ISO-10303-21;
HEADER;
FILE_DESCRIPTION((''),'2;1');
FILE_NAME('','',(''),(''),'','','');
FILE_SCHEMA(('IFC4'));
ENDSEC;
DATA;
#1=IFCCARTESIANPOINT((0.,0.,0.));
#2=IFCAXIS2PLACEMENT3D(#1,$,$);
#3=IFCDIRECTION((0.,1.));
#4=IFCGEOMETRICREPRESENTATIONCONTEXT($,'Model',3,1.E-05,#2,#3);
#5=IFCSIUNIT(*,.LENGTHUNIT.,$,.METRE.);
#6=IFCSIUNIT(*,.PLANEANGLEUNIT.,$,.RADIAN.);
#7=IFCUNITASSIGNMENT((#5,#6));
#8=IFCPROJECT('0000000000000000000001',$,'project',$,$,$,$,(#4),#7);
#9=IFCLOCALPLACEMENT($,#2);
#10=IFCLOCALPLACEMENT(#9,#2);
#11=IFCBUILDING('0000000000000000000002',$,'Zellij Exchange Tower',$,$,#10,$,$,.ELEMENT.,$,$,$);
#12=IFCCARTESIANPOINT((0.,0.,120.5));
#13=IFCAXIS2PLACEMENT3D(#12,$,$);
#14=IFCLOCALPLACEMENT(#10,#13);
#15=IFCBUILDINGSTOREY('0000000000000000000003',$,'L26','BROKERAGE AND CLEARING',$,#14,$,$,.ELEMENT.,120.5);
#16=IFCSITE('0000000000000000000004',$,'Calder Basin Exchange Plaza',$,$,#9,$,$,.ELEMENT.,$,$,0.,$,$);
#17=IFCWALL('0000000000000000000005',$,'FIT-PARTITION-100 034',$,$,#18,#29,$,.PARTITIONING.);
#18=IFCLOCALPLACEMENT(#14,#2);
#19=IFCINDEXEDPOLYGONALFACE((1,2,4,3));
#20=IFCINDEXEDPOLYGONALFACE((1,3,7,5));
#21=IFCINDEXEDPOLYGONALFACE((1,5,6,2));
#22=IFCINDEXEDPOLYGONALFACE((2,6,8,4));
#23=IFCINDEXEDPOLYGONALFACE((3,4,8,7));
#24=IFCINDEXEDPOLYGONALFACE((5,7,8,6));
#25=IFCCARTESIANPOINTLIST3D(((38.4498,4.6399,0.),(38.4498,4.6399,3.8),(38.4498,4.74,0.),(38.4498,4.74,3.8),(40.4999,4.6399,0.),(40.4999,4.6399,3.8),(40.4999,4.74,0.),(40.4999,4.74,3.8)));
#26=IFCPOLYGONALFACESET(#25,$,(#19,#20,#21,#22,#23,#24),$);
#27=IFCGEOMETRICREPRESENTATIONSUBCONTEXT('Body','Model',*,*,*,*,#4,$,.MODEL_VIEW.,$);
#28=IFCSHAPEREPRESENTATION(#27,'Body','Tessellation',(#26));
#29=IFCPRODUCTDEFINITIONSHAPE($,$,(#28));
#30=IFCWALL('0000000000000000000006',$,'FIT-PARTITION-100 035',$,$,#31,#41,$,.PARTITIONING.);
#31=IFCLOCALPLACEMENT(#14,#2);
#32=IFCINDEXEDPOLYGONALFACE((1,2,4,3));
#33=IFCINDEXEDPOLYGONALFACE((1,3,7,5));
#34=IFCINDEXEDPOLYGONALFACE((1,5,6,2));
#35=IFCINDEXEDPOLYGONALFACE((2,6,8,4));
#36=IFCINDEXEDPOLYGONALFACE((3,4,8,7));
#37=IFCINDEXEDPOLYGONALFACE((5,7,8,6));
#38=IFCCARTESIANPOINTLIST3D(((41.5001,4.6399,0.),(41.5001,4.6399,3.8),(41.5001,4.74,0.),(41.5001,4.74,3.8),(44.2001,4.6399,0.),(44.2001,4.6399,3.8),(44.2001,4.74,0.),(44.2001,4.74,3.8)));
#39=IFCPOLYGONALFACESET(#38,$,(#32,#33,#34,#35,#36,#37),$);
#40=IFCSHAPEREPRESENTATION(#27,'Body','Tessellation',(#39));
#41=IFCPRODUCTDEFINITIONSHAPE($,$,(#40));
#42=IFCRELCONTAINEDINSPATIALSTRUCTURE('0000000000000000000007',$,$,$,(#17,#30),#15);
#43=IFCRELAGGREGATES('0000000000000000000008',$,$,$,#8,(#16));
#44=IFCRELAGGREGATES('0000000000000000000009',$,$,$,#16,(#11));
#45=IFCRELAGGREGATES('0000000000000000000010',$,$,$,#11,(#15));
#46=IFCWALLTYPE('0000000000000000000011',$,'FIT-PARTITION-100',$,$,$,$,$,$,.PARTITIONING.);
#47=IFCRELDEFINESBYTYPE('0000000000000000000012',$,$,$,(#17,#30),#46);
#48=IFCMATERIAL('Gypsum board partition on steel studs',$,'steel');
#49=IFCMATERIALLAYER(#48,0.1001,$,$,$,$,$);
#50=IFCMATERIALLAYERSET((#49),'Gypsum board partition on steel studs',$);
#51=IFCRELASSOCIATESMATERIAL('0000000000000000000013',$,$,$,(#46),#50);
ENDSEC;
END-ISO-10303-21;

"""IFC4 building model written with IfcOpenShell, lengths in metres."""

from ifc_helpers import new_model, si_unit, direction, frame, frame_2d, origin, place, context, subcontext, project, spatial, rectangle, extrude, material, layer, layer_set, type_object, element, save


model = new_model("IFC4")

# Units and contexts
model_context = context("Model", 3, precision=1e-05, world=origin(), true_north=direction((0.0, 1.0)))
body_context = subcontext(model_context, "Body", "Model", "MODEL_VIEW")
ifc_project = project(units=[si_unit("LENGTHUNIT", "METRE"), si_unit("PLANEANGLEUNIT", "RADIAN")], contexts=[model_context])

# Site, building, storey
site_placement = place(None, origin())
site = spatial("IfcSite", under=ifc_project, at=site_placement, Name="Calder Basin Exchange Plaza", CompositionType="ELEMENT", RefElevation=0.0)
building_placement = place(site_placement, origin())
building = spatial("IfcBuilding", under=site, at=building_placement, Name="Zellij Exchange Tower", CompositionType="ELEMENT")
storey_placement = place(building_placement, frame((0.0, 0.0, 120.5)))
storey = spatial("IfcBuildingStorey", under=building, at=storey_placement, Name="L26", Description="BROKERAGE AND CLEARING", CompositionType="ELEMENT", Elevation=120.5)

# Shared definitions
ifc_material_1 = material(Name="Gypsum board partition on steel studs", Category="steel")
ifc_layer_1 = layer(ifc_material_1, 0.1001)
ifc_layer_set_1 = layer_set([ifc_layer_1], Name="Gypsum board partition on steel studs")
wall_type_1 = type_object("IfcWallType", Name="FIT-PARTITION-100", PredefinedType="PARTITIONING", material=ifc_layer_set_1)

# Walls
wall_1_placement = place(storey_placement, frame((38.45, 4.6899, 0.0), z_axis=(0.0, 0.0, 1.0), x_axis=(1.0, 0.0, 0.0)))
element("IfcWall", 1, at=wall_1_placement, inside=storey, type_object=wall_type_1, Name="FIT-PARTITION-100 034", PredefinedType="PARTITIONING", context=body_context, shape_type="SweptSolid", body=[
    extrude(rectangle(XDim=2.05, YDim=0.1001, at=frame_2d((1.0249, 0.0))), origin(), (0.0, 0.0, 1.0), 3.8),
])
wall_2_placement = place(storey_placement, frame((41.5, 4.6899, 0.0), z_axis=(0.0, 0.0, 1.0), x_axis=(1.0, 0.0, 0.0)))
element("IfcWall", 2, at=wall_2_placement, inside=storey, type_object=wall_type_1, Name="FIT-PARTITION-100 035", PredefinedType="PARTITIONING", context=body_context, shape_type="SweptSolid", body=[
    extrude(rectangle(XDim=2.7, YDim=0.1001, at=frame_2d((1.3501, 0.0))), origin(), (0.0, 0.0, 1.0), 3.8),
])

save(model, "model.ifc")
